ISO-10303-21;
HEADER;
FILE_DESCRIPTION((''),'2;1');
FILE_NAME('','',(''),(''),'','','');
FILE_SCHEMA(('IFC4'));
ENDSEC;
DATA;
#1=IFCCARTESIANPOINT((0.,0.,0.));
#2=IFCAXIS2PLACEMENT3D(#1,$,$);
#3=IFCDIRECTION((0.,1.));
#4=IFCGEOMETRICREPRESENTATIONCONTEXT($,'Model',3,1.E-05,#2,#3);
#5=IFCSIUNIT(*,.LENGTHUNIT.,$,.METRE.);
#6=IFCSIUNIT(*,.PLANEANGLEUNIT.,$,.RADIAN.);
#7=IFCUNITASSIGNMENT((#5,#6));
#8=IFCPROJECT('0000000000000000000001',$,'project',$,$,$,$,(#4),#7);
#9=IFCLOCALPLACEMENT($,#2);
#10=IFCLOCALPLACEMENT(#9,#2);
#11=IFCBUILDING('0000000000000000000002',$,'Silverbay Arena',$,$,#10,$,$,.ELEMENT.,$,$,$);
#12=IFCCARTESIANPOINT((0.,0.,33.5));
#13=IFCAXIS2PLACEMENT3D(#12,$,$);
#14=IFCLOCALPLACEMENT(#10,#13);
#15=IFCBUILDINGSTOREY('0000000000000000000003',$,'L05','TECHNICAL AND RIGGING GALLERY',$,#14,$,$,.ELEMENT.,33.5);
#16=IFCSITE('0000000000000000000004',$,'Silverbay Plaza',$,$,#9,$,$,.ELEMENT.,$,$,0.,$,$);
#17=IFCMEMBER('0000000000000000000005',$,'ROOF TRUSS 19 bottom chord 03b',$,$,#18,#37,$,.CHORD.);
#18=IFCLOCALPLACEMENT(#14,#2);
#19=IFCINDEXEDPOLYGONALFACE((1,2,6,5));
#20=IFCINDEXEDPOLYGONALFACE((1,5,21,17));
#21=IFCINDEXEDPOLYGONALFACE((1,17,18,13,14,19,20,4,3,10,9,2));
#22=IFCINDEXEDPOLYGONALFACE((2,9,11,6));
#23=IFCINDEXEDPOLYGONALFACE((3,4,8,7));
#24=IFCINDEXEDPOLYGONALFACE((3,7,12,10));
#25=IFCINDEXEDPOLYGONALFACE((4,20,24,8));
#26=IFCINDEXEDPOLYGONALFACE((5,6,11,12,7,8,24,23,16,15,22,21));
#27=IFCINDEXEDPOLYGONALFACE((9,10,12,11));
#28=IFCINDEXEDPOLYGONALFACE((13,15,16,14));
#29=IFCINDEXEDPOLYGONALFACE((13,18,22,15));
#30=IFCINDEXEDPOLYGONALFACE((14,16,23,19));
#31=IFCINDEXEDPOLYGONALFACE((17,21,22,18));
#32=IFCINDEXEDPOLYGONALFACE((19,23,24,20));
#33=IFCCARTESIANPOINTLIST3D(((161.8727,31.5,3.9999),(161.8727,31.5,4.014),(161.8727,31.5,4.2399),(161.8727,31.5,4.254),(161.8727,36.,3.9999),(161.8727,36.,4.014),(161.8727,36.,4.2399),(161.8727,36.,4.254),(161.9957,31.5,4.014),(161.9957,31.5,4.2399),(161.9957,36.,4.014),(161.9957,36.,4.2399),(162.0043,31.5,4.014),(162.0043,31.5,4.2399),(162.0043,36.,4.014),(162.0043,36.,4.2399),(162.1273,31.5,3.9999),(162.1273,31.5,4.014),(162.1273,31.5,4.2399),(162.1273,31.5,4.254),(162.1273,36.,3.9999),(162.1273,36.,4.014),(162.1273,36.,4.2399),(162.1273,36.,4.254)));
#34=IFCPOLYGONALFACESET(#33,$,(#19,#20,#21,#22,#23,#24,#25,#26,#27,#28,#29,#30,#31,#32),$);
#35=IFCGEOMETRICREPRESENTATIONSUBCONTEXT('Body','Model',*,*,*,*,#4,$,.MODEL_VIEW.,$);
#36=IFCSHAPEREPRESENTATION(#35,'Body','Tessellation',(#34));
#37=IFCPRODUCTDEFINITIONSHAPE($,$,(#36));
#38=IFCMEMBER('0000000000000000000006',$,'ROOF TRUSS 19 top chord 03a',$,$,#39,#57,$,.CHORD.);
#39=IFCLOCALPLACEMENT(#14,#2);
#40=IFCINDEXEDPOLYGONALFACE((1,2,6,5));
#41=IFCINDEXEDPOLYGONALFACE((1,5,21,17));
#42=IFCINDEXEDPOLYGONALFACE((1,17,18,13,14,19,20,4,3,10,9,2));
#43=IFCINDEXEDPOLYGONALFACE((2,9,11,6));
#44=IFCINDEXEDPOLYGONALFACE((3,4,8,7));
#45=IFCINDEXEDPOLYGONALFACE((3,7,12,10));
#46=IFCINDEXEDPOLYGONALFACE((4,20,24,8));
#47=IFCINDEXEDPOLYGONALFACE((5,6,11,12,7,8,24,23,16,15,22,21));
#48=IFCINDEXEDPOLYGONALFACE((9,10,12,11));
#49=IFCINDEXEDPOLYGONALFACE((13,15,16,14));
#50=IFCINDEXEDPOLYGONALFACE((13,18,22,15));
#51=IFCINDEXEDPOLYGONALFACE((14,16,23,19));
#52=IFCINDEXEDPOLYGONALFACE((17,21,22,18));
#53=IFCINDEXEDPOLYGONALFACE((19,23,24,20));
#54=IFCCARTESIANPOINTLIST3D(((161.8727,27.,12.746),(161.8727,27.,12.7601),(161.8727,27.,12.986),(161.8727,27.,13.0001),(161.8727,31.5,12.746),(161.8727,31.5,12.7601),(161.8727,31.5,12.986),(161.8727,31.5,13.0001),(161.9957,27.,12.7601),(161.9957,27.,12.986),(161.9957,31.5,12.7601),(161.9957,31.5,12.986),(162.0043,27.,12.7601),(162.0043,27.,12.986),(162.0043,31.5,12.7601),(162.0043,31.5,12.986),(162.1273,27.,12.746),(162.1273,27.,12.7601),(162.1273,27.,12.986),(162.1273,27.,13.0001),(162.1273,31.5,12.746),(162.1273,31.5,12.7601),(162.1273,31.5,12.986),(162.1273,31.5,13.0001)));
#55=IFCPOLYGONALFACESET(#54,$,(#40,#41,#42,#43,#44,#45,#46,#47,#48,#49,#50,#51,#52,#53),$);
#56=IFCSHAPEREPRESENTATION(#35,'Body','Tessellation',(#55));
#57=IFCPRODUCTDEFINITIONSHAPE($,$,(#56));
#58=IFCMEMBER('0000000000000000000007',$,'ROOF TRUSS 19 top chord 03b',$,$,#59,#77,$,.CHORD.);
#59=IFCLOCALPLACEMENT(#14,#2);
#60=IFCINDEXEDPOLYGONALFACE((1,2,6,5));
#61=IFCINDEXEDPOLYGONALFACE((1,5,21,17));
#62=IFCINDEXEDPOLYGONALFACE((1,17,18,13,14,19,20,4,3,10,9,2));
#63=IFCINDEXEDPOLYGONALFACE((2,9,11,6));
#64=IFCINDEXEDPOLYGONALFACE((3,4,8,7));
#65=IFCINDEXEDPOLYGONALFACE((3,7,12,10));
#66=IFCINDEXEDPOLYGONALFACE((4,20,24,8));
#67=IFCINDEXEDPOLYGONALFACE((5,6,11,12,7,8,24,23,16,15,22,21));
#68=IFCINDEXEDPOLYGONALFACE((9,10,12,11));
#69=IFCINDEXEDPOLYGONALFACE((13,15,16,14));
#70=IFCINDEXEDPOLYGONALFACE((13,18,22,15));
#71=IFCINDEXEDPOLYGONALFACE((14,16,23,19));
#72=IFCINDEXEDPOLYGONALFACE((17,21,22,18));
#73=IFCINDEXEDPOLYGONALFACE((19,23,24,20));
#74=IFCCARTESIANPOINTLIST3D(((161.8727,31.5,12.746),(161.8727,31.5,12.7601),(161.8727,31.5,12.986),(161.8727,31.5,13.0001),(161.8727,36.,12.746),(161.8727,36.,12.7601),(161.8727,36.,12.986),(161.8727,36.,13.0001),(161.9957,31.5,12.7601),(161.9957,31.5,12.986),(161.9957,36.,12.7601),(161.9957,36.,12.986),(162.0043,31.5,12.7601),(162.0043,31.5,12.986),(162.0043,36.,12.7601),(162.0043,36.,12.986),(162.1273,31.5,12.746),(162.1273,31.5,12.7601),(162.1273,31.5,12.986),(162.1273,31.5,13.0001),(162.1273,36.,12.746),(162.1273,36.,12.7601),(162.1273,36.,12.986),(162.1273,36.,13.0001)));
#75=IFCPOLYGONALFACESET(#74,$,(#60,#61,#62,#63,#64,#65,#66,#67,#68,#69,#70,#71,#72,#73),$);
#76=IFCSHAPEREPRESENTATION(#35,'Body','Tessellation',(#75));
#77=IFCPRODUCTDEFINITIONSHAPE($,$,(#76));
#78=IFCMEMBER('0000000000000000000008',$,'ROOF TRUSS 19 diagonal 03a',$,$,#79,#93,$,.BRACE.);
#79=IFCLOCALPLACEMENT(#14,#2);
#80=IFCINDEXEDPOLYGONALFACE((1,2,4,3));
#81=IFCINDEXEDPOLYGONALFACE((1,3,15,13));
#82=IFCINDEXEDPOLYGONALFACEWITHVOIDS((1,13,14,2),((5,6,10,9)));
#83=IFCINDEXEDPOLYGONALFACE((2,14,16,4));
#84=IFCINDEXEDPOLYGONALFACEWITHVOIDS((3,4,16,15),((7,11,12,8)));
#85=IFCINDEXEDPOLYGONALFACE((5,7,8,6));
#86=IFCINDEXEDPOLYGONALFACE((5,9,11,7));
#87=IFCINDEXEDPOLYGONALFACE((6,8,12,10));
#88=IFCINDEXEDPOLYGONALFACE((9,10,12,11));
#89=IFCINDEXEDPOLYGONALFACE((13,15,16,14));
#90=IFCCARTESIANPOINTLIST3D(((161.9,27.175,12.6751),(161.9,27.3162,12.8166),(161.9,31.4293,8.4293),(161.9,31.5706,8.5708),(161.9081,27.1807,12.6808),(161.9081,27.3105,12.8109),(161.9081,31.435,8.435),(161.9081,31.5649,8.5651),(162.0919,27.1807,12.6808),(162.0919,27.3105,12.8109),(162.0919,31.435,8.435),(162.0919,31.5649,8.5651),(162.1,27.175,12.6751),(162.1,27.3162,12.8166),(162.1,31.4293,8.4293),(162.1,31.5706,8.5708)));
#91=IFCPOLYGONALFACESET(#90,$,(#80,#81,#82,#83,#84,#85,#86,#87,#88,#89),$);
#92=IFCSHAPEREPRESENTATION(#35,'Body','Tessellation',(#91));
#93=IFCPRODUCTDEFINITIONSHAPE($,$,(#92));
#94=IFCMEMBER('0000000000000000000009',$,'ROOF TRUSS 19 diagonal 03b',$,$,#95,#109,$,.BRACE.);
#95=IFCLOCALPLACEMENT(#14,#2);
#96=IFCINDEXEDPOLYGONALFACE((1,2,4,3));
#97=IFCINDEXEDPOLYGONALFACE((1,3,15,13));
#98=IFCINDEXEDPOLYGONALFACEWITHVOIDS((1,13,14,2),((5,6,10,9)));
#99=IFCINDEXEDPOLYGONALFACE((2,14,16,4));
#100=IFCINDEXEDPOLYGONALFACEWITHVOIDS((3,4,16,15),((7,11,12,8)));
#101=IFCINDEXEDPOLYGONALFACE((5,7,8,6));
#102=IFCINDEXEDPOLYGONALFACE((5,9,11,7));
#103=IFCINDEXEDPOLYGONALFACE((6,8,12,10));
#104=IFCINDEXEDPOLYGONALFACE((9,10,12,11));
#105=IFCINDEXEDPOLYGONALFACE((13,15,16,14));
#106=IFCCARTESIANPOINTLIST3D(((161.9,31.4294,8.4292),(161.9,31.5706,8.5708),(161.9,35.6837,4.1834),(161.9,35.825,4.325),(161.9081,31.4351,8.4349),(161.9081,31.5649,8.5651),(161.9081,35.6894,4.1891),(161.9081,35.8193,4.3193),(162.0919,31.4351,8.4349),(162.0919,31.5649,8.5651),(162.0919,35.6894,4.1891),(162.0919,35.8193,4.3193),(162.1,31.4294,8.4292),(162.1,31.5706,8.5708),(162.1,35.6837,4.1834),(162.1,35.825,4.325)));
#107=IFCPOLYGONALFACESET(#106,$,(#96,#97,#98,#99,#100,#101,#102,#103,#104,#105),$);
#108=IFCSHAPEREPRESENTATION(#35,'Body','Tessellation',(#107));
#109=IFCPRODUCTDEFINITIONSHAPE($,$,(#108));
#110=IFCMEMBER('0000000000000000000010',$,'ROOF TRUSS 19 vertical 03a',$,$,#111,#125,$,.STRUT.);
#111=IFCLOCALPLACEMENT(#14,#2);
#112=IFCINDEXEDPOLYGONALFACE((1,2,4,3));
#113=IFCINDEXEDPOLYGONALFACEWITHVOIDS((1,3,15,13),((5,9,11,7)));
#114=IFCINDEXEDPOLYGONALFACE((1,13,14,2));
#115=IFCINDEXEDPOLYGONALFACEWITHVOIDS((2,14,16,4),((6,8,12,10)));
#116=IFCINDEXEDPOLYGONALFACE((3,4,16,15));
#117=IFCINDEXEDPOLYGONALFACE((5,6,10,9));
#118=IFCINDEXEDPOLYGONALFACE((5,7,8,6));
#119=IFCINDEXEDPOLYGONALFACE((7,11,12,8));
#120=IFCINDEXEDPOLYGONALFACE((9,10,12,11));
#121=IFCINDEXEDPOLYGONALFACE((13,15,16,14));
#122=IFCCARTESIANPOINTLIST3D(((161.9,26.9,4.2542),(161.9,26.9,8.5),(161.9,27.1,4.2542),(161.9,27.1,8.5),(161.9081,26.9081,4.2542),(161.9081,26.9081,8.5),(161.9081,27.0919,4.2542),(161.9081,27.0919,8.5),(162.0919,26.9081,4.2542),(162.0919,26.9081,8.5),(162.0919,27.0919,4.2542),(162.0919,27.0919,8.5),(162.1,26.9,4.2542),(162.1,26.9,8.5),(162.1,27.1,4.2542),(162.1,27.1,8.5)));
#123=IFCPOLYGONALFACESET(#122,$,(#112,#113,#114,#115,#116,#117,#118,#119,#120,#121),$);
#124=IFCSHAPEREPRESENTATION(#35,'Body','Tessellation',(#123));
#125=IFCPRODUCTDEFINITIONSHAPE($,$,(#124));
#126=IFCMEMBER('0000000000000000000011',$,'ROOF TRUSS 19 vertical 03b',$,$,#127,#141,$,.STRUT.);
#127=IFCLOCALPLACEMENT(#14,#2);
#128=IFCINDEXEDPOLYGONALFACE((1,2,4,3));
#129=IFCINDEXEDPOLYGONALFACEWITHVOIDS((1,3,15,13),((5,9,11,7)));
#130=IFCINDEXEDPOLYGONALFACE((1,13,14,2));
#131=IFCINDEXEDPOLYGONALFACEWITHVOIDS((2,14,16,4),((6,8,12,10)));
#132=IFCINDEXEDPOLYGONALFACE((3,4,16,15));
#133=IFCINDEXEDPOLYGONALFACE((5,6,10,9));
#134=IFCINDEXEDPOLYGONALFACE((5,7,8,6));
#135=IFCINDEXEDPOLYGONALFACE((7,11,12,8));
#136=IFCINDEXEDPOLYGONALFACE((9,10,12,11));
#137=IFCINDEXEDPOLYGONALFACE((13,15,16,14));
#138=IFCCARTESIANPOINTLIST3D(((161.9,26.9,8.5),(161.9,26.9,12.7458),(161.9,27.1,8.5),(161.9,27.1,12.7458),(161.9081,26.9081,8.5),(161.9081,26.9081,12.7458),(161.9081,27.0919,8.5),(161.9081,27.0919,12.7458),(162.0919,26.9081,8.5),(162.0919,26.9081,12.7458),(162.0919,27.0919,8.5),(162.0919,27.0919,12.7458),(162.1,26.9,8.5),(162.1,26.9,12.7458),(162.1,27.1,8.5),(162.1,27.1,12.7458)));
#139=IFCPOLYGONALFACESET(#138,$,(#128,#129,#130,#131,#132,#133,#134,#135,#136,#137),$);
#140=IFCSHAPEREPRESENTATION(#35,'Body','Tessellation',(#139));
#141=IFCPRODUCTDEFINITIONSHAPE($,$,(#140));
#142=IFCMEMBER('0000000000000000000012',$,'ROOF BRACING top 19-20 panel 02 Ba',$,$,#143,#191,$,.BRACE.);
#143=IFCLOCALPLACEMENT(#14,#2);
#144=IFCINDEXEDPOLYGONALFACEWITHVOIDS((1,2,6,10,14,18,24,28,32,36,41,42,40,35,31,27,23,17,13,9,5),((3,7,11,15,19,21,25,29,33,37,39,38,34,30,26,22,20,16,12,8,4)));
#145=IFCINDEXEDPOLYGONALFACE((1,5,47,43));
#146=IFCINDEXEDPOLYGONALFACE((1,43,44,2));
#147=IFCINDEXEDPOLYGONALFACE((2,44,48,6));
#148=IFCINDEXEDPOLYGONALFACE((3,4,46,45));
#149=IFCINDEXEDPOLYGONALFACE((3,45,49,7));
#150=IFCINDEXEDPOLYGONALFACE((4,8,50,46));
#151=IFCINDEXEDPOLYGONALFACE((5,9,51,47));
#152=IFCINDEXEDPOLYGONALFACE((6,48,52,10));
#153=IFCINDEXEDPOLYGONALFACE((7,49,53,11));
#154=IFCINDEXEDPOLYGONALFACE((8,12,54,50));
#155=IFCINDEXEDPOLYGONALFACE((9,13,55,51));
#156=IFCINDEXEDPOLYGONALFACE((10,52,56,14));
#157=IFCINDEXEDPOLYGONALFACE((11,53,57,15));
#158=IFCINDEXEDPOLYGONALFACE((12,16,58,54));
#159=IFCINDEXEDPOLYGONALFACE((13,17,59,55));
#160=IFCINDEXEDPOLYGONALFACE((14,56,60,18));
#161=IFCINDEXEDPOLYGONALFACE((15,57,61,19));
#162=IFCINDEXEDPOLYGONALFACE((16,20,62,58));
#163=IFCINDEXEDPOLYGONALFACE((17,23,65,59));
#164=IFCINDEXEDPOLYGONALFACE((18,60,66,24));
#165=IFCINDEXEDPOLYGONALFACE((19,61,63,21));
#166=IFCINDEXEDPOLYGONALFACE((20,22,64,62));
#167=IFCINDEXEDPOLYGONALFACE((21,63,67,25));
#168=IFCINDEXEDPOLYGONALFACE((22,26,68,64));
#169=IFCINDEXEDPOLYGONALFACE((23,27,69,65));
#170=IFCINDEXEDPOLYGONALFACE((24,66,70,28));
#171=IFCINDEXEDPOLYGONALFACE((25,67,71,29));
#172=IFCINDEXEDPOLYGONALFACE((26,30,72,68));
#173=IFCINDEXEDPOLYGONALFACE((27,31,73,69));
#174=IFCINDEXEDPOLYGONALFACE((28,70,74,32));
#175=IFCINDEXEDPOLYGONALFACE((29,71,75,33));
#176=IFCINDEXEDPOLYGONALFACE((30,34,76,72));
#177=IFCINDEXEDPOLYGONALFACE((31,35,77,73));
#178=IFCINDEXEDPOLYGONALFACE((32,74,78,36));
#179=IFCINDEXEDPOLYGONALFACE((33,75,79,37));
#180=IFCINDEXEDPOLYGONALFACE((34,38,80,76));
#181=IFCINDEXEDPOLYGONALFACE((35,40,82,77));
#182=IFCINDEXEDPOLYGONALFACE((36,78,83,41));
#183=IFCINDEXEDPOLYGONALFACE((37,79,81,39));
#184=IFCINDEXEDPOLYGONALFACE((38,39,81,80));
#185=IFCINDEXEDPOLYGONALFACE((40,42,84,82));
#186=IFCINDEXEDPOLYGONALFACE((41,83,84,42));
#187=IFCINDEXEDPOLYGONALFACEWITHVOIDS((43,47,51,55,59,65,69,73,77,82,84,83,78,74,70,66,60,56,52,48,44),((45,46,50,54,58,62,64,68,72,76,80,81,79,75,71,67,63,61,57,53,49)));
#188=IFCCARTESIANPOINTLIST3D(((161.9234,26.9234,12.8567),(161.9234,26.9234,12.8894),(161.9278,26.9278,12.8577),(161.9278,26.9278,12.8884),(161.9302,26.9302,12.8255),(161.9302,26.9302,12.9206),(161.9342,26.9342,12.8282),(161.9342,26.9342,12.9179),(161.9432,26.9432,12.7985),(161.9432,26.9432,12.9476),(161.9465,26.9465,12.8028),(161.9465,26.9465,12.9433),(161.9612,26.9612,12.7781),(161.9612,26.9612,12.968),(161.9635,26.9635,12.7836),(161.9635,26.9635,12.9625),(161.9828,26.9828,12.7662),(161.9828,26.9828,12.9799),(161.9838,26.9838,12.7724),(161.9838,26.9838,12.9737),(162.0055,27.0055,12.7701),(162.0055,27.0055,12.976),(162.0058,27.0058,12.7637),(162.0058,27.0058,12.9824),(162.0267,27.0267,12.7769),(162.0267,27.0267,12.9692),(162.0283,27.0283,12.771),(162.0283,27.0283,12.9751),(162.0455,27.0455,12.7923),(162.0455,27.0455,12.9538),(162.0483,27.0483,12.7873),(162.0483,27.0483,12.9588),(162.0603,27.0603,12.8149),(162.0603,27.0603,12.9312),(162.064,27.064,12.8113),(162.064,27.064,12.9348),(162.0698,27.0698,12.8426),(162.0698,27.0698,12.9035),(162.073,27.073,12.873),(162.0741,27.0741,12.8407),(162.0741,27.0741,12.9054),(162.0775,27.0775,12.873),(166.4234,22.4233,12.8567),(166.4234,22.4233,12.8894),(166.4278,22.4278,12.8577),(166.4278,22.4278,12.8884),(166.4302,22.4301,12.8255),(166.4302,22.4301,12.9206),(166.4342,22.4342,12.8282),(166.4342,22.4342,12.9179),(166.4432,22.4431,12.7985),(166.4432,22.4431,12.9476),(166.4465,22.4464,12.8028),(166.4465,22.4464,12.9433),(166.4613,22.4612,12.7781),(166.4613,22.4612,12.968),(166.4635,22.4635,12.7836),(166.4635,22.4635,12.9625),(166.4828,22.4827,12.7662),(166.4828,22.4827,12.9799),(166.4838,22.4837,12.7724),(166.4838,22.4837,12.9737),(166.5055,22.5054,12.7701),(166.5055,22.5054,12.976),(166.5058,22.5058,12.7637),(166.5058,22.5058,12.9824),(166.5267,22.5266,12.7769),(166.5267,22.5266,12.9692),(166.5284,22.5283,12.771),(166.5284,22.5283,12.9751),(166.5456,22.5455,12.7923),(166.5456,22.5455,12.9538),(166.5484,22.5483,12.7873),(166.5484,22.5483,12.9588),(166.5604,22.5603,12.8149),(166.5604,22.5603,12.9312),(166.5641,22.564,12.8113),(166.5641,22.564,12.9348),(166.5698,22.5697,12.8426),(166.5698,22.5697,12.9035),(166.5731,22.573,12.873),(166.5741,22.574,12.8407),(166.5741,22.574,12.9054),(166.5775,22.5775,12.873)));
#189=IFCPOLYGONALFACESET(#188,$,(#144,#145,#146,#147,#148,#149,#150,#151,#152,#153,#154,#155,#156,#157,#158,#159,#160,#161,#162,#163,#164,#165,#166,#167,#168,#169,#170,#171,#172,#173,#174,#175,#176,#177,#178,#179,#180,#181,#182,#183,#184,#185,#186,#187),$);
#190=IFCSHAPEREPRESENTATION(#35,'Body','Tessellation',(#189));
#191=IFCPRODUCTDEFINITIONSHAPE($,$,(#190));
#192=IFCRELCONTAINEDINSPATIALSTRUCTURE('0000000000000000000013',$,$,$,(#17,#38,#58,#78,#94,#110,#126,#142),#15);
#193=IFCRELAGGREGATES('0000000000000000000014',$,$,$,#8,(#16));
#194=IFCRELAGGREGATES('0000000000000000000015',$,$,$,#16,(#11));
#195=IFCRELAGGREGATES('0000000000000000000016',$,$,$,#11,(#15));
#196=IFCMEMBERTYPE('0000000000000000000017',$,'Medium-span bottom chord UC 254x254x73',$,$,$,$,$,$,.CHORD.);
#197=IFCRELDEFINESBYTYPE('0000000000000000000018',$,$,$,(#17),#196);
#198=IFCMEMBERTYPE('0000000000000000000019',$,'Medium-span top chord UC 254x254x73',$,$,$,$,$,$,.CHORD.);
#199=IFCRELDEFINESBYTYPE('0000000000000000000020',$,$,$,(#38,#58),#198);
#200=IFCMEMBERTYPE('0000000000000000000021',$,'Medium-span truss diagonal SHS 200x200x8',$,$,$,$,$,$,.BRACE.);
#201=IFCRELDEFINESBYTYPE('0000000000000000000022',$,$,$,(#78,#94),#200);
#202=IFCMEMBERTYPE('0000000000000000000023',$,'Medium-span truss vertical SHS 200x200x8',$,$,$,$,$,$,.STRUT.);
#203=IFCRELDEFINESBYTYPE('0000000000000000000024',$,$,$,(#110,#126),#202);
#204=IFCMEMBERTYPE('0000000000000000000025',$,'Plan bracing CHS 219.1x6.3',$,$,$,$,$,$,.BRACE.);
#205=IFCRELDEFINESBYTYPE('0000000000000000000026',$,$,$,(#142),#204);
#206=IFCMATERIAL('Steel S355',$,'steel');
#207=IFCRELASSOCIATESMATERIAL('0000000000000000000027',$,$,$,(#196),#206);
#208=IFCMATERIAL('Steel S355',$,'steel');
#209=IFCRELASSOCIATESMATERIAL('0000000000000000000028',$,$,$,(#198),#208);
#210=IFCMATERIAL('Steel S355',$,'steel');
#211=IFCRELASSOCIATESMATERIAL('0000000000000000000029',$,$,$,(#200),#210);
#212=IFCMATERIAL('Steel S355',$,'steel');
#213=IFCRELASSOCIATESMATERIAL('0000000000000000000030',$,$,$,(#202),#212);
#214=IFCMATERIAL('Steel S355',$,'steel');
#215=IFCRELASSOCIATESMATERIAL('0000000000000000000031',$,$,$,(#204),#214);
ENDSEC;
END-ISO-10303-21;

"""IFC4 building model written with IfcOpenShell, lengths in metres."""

from ifc_helpers import new_model, si_unit, direction, frame, origin, origin_2d, place, context, subcontext, project, spatial, hollow_rectangle, hollow_circle, i_section, extrude, material, material_profile, profile_set, type_object, element, save


model = new_model("IFC4")

# Units and contexts
model_context = context("Model", 3, precision=1e-05, world=origin(), true_north=direction((0.0, 1.0)))
body_context = subcontext(model_context, "Body", "Model", "MODEL_VIEW")
ifc_project = project(units=[si_unit("LENGTHUNIT", "METRE"), si_unit("PLANEANGLEUNIT", "RADIAN")], contexts=[model_context])

# Site, building, storey
site_placement = place(None, origin())
site = spatial("IfcSite", under=ifc_project, at=site_placement, Name="Silverbay Plaza", CompositionType="ELEMENT", RefElevation=0.0)
building_placement = place(site_placement, origin())
building = spatial("IfcBuilding", under=site, at=building_placement, Name="Silverbay Arena", CompositionType="ELEMENT")
storey_placement = place(building_placement, frame((0.0, 0.0, 33.5)))
storey = spatial("IfcBuildingStorey", under=building, at=storey_placement, Name="L05", Description="TECHNICAL AND RIGGING GALLERY", CompositionType="ELEMENT", Elevation=33.5)

# Members
ifc_material_1 = material(Name="Steel S355", Category="steel")
ifc_material_profile_1 = material_profile(ifc_material_1, i_section(OverallWidth=0.2546, OverallDepth=0.2542, WebThickness=0.0085, FlangeThickness=0.0142, at=origin_2d()), Name="UC 254x254x73")
ifc_profile_set_1 = profile_set([ifc_material_profile_1], Name="Steel S355")
member_type_1 = type_object("IfcMemberType", Name="Medium-span bottom chord UC 254x254x73", PredefinedType="CHORD", material=ifc_profile_set_1)
for number, where, z_axis, x_axis, name in (
    (1, (162.0, 31.5, 4.127), (0.0, 1.0, 0.0), (-1.0, 0.0, 0.0), "ROOF TRUSS 19 bottom chord 03b"),
):
    element("IfcMember", number, at=place(storey_placement, frame(where, z_axis=z_axis, x_axis=x_axis)), inside=storey, type_object=member_type_1, Name=name, PredefinedType="CHORD", context=body_context, shape_type="SweptSolid", body=[
        extrude(i_section(OverallWidth=0.2546, OverallDepth=0.2542, WebThickness=0.0085, FlangeThickness=0.0142, at=origin_2d()), origin(), (0.0, 0.0, 1.0), 4.5),
    ])
ifc_material_2 = material(Name="Steel S355", Category="steel")
ifc_material_profile_2 = material_profile(ifc_material_2, i_section(OverallWidth=0.2546, OverallDepth=0.2542, WebThickness=0.0085, FlangeThickness=0.0142, at=origin_2d()), Name="UC 254x254x73")
ifc_profile_set_2 = profile_set([ifc_material_profile_2], Name="Steel S355")
member_type_2 = type_object("IfcMemberType", Name="Medium-span top chord UC 254x254x73", PredefinedType="CHORD", material=ifc_profile_set_2)
for number, where, z_axis, x_axis, name in (
    (2, (162.0, 27.0, 12.873), (0.0, 1.0, 0.0), (-1.0, 0.0, 0.0), "ROOF TRUSS 19 top chord 03a"),
    (3, (162.0, 31.5, 12.873), (0.0, 1.0, 0.0), (-1.0, 0.0, 0.0), "ROOF TRUSS 19 top chord 03b"),
):
    element("IfcMember", number, at=place(storey_placement, frame(where, z_axis=z_axis, x_axis=x_axis)), inside=storey, type_object=member_type_2, Name=name, PredefinedType="CHORD", context=body_context, shape_type="SweptSolid", body=[
        extrude(i_section(OverallWidth=0.2546, OverallDepth=0.2542, WebThickness=0.0085, FlangeThickness=0.0142, at=origin_2d()), origin(), (0.0, 0.0, 1.0), 4.5),
    ])
ifc_material_3 = material(Name="Steel S355", Category="steel")
ifc_material_profile_3 = material_profile(ifc_material_3, hollow_rectangle(XDim=0.2, YDim=0.2, WallThickness=0.0081, at=origin_2d()), Name="SHS 200x200x8")
ifc_profile_set_3 = profile_set([ifc_material_profile_3], Name="Steel S355")
member_type_3 = type_object("IfcMemberType", Name="Medium-span truss diagonal SHS 200x200x8", PredefinedType="BRACE", material=ifc_profile_set_3)
for number, where, z_axis, x_axis, name in (
    (4, (162.0, 27.2456, 12.7458), (0.0, 0.707817, -0.706396), (-1.0, 0.0, 0.0), "ROOF TRUSS 19 diagonal 03a"),
    (5, (162.0, 31.5, 8.5), (0.0, 0.707817, -0.706396), (-1.0, 0.0, 0.0), "ROOF TRUSS 19 diagonal 03b"),
):
    element("IfcMember", number, at=place(storey_placement, frame(where, z_axis=z_axis, x_axis=x_axis)), inside=storey, type_object=member_type_3, Name=name, PredefinedType="BRACE", context=body_context, shape_type="SweptSolid", body=[
        extrude(hollow_rectangle(XDim=0.2, YDim=0.2, WallThickness=0.0081, at=origin_2d()), origin(), (0.0, 0.0, 1.0), 6.0105),
    ])
ifc_material_4 = material(Name="Steel S355", Category="steel")
ifc_material_profile_4 = material_profile(ifc_material_4, hollow_rectangle(XDim=0.2, YDim=0.2, WallThickness=0.0081, at=origin_2d()), Name="SHS 200x200x8")
ifc_profile_set_4 = profile_set([ifc_material_profile_4], Name="Steel S355")
member_type_4 = type_object("IfcMemberType", Name="Medium-span truss vertical SHS 200x200x8", PredefinedType="STRUT", material=ifc_profile_set_4)
for number, where, z_axis, x_axis, name in (
    (6, (162.0, 27.0, 4.2542), (0.0, 0.0, 1.0), (1.0, 0.0, 0.0), "ROOF TRUSS 19 vertical 03a"),
    (7, (162.0, 27.0, 8.5), (0.0, 0.0, 1.0), (1.0, 0.0, 0.0), "ROOF TRUSS 19 vertical 03b"),
):
    element("IfcMember", number, at=place(storey_placement, frame(where, z_axis=z_axis, x_axis=x_axis)), inside=storey, type_object=member_type_4, Name=name, PredefinedType="STRUT", context=body_context, shape_type="SweptSolid", body=[
        extrude(hollow_rectangle(XDim=0.2, YDim=0.2, WallThickness=0.0081, at=origin_2d()), origin(), (0.0, 0.0, 1.0), 4.2458),
    ])
ifc_material_5 = material(Name="Steel S355", Category="steel")
ifc_material_profile_5 = material_profile(ifc_material_5, hollow_circle(Radius=0.1096, WallThickness=0.0063, at=origin_2d()), Name="CHS 219.1x6.3")
ifc_profile_set_5 = profile_set([ifc_material_profile_5], Name="Steel S355")
member_type_5 = type_object("IfcMemberType", Name="Plan bracing CHS 219.1x6.3", PredefinedType="BRACE", material=ifc_profile_set_5)
member_1_placement = place(storey_placement, frame((162.0, 27.0, 12.873), z_axis=(0.707107, -0.707107, 0.0), x_axis=(0.707107, 0.707107, 0.0)))
element("IfcMember", 8, at=member_1_placement, inside=storey, type_object=member_type_5, Name="ROOF BRACING top 19-20 panel 02 Ba", PredefinedType="BRACE", context=body_context, shape_type="SweptSolid", body=[
    extrude(hollow_circle(Radius=0.1096, WallThickness=0.0063, at=origin_2d()), origin(), (0.0, 0.0, 1.0), 6.364),
])

save(model, "model.ifc")
